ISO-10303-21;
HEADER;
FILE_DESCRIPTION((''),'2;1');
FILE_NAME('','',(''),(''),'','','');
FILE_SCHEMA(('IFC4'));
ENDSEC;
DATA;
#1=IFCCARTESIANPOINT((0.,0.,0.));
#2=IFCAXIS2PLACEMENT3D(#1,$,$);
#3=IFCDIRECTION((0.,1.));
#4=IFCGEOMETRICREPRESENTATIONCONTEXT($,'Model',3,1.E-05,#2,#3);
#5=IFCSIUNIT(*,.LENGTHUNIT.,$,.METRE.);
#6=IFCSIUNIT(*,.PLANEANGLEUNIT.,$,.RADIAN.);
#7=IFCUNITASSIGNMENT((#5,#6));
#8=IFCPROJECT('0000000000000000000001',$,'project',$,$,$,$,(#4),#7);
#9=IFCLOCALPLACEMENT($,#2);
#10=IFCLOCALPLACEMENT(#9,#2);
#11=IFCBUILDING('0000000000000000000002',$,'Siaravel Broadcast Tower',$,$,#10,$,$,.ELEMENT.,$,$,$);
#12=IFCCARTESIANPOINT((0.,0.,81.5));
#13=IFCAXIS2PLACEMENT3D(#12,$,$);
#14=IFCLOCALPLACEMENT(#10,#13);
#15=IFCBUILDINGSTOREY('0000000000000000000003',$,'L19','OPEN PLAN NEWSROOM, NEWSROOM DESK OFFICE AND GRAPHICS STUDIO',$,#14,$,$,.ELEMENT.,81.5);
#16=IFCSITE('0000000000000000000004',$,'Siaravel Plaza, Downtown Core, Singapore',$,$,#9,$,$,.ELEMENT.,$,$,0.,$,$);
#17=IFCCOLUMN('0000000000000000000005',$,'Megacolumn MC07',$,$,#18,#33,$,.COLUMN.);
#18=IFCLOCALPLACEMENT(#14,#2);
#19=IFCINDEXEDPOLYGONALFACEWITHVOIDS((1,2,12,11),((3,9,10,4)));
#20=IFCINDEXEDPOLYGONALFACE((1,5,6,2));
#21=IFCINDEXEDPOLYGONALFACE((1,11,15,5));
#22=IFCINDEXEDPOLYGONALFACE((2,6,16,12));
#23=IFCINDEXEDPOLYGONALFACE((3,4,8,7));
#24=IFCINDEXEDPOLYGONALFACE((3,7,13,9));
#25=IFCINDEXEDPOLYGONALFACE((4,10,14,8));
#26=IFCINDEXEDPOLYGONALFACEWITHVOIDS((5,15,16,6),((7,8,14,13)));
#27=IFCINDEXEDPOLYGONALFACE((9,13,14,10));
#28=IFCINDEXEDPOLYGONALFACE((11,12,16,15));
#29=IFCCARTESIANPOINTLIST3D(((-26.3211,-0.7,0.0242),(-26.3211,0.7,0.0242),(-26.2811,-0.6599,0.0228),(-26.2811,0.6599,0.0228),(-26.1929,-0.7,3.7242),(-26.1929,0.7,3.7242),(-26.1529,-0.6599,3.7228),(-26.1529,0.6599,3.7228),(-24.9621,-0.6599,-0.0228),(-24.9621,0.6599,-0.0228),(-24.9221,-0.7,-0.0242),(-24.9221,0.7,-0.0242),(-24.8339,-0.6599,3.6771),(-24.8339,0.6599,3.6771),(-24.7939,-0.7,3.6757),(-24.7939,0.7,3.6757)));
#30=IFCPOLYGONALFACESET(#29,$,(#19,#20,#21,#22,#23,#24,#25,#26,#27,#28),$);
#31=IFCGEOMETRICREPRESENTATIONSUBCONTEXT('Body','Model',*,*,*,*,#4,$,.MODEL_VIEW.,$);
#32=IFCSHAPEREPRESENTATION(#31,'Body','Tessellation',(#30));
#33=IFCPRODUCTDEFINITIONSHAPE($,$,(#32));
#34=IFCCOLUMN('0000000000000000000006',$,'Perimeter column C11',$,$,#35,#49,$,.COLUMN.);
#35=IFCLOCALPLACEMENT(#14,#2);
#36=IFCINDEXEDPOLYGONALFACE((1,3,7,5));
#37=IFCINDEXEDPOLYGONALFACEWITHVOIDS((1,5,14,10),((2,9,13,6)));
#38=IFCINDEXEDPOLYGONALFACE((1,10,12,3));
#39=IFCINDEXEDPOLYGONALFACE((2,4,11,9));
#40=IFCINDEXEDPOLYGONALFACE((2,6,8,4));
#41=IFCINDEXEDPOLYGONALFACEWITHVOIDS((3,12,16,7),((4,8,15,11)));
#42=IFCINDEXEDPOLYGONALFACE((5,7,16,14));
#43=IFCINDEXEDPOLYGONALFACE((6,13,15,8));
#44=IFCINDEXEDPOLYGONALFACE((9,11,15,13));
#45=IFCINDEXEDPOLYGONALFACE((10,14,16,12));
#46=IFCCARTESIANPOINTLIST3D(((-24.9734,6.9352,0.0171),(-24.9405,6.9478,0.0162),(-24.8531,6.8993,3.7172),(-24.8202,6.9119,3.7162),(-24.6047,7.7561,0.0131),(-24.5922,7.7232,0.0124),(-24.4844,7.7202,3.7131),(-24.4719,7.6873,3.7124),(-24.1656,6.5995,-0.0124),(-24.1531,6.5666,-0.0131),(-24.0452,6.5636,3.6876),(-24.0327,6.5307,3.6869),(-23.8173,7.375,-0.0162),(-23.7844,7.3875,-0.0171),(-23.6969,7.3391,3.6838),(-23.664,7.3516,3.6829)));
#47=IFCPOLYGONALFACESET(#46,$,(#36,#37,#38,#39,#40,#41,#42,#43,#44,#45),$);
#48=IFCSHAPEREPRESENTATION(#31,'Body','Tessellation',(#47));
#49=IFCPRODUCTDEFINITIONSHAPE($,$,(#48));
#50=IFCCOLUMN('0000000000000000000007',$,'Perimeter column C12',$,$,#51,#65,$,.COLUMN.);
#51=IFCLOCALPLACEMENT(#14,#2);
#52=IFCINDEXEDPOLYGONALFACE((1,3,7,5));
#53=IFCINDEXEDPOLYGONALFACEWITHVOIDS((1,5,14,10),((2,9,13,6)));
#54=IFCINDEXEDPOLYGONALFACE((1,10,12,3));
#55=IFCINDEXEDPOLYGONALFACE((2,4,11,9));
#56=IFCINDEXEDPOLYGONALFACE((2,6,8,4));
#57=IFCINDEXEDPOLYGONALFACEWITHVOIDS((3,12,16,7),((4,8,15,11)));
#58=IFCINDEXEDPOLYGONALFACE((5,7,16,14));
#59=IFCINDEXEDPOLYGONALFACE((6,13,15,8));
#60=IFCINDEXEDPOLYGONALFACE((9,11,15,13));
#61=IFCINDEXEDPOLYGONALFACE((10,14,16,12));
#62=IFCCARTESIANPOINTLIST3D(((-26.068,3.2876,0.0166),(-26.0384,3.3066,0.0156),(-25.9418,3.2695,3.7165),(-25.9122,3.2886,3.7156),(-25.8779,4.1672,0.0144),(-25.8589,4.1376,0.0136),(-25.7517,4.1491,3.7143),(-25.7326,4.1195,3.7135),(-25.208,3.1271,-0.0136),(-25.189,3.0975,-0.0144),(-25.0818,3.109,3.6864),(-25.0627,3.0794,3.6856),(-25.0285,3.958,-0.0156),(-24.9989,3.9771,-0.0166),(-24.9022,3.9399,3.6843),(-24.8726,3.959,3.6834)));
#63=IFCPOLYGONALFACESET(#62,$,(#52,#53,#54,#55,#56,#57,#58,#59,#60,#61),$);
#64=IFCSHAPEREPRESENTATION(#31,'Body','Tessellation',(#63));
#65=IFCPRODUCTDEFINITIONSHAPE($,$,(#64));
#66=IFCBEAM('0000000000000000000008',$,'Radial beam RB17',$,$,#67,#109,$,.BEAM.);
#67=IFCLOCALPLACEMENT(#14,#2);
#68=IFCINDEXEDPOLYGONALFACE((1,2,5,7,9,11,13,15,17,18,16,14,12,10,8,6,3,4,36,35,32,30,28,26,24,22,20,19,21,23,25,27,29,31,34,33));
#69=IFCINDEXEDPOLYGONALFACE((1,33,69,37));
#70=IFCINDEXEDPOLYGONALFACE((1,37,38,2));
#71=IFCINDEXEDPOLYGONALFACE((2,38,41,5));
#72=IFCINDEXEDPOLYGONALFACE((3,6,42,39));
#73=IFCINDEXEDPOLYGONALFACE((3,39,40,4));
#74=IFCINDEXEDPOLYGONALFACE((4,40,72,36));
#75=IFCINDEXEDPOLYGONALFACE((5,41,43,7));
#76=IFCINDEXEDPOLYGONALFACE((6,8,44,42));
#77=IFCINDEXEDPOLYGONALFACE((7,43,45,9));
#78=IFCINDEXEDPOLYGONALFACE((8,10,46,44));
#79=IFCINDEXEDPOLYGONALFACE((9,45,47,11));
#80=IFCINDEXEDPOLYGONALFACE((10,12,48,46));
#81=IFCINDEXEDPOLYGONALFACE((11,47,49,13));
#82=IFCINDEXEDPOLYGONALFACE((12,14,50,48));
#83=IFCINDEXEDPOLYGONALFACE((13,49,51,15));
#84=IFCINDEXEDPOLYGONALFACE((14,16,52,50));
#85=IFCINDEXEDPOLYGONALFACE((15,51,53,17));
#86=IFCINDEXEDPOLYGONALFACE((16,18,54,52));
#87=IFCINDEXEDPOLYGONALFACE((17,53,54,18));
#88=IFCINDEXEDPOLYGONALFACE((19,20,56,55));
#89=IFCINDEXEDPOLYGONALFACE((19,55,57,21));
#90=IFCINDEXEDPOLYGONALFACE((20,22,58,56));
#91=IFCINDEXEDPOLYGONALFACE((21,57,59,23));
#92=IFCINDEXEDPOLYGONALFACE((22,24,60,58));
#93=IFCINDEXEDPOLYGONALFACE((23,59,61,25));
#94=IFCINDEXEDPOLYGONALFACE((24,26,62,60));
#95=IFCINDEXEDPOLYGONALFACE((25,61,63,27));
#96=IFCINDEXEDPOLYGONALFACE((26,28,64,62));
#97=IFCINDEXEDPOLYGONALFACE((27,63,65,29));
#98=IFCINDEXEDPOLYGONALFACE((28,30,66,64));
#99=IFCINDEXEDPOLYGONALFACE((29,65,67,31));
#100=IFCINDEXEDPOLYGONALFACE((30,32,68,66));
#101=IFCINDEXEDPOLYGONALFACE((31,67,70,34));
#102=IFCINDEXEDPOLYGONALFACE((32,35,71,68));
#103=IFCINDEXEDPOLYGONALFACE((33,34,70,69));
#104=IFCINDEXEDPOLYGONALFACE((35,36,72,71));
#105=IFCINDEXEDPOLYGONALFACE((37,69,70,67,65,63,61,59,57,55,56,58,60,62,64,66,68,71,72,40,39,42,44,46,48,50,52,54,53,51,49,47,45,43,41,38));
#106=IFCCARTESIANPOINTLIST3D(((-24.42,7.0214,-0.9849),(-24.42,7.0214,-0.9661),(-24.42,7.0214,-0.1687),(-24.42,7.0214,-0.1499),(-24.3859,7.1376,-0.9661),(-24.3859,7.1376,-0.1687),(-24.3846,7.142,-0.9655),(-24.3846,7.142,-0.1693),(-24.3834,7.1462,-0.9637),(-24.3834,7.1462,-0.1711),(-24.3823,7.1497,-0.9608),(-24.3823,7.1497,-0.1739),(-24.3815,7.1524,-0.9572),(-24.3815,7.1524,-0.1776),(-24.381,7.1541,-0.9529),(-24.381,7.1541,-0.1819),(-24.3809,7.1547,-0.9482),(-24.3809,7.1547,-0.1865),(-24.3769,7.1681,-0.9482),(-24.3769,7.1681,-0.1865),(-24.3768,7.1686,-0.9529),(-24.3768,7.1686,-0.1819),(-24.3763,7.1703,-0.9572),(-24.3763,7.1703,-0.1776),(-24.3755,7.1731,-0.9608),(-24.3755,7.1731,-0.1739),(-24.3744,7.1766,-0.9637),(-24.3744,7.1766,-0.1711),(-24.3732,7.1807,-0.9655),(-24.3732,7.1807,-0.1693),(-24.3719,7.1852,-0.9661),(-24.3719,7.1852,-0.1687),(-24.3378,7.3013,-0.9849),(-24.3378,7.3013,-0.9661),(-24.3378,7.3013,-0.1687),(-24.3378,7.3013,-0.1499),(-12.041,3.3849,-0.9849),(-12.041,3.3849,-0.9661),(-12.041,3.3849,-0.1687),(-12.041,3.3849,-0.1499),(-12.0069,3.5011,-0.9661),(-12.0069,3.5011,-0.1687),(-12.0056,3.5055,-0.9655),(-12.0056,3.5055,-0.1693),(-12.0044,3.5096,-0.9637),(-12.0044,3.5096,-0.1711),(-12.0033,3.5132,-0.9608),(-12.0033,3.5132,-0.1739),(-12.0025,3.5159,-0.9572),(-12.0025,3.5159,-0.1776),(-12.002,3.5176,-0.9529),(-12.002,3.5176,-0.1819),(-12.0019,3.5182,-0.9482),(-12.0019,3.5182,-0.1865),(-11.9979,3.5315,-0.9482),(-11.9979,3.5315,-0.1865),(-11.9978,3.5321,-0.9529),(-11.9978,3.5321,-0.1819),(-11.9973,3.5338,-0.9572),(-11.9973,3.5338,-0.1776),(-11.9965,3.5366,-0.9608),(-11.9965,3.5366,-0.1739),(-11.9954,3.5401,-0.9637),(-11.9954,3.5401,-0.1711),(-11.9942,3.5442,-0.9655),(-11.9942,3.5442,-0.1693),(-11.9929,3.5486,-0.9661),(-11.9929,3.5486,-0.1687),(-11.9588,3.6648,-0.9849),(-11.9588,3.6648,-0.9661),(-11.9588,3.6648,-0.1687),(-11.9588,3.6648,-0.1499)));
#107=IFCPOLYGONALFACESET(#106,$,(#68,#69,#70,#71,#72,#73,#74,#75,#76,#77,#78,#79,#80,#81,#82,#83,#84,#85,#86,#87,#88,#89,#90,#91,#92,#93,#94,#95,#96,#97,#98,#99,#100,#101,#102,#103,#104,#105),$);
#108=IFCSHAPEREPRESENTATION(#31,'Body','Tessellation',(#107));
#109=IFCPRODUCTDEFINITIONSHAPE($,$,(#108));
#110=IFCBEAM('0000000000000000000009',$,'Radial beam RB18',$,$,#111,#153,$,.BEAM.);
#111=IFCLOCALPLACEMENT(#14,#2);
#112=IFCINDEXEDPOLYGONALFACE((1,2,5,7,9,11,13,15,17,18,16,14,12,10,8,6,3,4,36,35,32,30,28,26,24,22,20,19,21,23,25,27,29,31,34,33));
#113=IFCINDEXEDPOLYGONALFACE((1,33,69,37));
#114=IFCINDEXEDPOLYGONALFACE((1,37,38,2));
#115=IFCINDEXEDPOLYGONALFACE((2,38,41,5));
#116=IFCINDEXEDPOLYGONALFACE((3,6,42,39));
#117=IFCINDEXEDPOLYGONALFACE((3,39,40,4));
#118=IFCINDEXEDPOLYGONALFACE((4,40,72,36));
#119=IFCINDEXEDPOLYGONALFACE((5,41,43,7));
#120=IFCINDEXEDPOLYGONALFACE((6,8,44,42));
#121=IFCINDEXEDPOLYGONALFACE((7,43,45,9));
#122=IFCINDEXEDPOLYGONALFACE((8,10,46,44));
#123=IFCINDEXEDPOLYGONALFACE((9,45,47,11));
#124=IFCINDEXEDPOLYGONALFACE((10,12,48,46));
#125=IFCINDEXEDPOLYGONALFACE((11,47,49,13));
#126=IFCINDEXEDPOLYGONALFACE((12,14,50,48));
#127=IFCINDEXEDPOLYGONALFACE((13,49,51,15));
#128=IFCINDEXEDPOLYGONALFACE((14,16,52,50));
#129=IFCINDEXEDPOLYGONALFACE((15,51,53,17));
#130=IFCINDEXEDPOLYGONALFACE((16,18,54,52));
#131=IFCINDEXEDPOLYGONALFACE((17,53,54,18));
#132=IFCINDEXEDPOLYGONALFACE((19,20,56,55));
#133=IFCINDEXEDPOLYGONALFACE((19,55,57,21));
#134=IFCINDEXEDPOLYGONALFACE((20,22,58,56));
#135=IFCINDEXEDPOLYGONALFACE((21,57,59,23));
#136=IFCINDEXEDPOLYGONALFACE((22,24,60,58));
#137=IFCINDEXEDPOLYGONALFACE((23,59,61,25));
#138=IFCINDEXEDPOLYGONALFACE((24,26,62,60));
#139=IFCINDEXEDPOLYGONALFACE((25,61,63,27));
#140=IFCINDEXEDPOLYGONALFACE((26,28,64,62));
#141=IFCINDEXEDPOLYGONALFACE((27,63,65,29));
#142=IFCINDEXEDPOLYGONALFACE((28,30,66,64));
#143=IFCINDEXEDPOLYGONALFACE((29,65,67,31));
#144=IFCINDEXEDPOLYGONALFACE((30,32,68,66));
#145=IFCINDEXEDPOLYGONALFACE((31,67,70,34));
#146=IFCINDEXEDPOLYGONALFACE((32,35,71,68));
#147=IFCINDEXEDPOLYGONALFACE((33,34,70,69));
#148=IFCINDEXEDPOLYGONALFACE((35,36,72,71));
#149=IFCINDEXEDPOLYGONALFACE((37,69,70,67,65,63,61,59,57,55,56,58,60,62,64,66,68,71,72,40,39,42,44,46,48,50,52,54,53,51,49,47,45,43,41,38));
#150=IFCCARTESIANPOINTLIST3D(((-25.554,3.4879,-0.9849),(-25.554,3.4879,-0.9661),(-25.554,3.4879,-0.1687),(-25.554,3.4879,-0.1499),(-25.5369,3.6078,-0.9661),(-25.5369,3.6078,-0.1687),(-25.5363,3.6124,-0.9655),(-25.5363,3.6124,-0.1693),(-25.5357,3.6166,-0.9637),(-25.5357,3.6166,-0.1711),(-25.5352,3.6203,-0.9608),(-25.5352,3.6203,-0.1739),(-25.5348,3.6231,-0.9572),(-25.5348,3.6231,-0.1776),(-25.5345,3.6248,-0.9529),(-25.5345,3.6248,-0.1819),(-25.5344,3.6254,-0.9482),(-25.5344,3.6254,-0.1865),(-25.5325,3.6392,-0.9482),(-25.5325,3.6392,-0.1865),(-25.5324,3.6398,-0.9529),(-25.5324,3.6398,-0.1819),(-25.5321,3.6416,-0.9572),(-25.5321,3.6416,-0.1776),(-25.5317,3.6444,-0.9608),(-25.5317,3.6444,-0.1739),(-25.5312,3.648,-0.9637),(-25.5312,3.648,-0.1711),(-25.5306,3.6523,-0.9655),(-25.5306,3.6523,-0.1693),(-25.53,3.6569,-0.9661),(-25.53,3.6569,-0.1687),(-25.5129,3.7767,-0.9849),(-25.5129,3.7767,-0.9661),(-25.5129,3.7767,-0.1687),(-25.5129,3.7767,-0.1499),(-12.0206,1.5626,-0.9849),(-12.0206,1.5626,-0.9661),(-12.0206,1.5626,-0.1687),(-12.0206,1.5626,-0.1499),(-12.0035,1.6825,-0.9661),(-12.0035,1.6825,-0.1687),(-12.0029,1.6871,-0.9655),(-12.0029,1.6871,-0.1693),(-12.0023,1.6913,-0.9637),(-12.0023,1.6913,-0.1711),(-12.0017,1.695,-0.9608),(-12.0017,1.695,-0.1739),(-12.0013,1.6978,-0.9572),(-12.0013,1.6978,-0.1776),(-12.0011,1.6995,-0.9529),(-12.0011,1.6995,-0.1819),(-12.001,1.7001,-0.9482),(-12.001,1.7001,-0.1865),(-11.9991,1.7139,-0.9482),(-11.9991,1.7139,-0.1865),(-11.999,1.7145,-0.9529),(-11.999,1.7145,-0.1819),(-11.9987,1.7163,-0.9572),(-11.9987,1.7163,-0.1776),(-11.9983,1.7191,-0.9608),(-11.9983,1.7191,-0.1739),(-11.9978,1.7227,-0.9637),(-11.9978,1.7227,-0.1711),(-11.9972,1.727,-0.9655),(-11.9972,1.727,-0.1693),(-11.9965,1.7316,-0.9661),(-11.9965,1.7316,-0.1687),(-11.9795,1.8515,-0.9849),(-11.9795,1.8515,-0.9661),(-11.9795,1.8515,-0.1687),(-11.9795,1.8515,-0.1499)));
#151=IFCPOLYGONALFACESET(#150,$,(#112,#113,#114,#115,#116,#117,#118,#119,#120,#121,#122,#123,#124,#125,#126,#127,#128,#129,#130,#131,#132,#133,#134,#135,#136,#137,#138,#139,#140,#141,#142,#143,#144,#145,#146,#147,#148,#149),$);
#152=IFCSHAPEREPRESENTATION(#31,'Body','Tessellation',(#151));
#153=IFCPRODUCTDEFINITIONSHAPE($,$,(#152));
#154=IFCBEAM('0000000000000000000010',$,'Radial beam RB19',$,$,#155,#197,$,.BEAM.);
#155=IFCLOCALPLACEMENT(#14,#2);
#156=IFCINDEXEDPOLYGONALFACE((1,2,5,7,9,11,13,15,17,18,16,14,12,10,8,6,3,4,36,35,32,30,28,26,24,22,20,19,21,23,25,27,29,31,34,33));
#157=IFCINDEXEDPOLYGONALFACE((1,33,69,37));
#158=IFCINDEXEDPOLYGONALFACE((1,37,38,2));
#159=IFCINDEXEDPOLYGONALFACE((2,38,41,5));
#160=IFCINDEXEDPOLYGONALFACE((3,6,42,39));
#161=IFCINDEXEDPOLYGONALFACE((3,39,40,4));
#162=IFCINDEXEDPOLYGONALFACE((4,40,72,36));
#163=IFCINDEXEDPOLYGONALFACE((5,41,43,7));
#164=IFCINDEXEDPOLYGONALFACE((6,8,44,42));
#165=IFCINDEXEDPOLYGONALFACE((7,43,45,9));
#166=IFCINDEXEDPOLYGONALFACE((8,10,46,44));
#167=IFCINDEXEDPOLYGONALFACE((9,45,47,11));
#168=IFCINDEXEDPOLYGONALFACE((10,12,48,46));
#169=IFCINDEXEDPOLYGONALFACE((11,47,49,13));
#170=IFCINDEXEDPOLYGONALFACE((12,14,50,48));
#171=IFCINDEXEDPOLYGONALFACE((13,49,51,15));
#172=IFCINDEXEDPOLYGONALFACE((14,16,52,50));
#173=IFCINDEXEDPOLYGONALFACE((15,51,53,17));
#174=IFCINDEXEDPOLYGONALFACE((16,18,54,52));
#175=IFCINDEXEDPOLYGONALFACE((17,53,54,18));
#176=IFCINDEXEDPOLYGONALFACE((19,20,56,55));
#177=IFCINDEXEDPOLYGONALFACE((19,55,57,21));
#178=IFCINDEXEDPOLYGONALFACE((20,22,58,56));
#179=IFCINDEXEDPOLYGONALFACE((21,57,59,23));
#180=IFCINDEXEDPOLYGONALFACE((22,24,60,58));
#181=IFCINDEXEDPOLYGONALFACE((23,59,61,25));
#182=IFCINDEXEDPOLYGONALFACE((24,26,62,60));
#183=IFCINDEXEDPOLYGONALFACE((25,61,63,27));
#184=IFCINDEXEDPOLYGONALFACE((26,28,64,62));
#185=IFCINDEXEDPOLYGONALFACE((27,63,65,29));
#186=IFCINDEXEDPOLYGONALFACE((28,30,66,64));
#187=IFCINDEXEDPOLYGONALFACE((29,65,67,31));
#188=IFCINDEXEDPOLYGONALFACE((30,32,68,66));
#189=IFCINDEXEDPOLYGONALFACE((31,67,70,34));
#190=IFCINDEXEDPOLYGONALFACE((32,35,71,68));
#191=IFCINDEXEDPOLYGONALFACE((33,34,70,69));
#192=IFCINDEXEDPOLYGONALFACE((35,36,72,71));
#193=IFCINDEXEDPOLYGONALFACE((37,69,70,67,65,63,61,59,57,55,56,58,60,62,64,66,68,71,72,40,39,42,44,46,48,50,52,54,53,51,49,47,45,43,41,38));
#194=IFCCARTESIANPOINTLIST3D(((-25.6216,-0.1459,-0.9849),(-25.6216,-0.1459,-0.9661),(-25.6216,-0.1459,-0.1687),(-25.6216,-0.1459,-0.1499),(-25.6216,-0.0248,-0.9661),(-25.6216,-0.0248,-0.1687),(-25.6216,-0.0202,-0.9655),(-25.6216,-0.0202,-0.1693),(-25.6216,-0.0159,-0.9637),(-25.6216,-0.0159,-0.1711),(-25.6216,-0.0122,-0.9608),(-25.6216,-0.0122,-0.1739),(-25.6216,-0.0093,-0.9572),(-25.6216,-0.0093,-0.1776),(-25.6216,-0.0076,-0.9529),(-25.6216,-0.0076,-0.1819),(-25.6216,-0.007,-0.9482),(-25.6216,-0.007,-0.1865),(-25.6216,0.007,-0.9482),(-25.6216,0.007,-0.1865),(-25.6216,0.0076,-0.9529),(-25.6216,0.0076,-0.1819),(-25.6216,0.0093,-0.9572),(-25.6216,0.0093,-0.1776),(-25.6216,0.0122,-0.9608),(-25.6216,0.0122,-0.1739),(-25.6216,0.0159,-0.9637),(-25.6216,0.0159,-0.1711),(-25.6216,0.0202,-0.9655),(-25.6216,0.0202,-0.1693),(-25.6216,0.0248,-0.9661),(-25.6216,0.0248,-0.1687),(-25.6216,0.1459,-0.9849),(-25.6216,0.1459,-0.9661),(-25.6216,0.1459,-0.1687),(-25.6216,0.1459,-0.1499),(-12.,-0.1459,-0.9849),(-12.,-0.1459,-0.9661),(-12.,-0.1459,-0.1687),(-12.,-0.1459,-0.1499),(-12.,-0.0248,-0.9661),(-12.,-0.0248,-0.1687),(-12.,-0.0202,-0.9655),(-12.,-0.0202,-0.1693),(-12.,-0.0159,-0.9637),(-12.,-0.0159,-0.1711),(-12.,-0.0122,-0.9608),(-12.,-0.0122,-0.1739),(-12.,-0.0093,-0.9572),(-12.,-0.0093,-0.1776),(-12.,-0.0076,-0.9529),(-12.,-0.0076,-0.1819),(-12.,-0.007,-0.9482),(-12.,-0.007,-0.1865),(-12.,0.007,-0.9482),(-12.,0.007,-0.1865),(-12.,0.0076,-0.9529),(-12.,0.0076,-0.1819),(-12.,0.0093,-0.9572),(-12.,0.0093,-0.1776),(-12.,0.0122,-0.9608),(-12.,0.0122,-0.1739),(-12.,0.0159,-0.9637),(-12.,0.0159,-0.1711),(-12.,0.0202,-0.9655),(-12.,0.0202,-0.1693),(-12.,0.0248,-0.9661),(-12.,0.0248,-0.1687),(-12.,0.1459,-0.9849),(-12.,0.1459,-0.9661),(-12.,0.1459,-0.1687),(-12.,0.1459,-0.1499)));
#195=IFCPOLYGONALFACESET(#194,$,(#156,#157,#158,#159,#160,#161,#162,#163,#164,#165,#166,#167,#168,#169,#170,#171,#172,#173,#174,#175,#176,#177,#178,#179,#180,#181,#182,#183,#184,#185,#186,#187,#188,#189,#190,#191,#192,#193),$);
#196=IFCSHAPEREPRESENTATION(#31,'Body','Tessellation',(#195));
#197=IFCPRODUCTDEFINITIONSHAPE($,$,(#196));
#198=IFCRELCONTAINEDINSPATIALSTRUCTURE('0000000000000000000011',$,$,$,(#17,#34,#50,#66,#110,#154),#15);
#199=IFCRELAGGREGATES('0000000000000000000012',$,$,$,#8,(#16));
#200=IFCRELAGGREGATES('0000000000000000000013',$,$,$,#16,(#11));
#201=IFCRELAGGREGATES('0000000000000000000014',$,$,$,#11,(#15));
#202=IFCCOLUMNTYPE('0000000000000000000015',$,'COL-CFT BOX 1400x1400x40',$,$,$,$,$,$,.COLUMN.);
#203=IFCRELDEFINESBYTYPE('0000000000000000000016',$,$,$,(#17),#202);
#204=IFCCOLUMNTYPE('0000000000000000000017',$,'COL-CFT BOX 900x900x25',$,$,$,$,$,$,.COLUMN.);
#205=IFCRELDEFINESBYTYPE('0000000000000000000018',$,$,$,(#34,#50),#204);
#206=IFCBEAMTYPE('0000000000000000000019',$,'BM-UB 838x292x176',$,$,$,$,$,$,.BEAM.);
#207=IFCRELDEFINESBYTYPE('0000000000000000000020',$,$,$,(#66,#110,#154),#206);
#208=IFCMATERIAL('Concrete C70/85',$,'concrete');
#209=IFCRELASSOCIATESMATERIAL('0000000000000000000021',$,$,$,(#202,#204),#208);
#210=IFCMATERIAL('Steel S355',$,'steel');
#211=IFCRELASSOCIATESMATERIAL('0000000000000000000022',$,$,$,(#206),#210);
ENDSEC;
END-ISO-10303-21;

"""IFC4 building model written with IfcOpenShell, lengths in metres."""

from ifc_helpers import new_model, si_unit, direction, frame, origin, origin_2d, place, context, subcontext, project, spatial, hollow_rectangle, i_section, extrude, material, material_profile, profile_set, type_object, element, save


model = new_model("IFC4")

# Units and contexts
model_context = context("Model", 3, precision=1e-05, world=origin(), true_north=direction((0.0, 1.0)))
body_context = subcontext(model_context, "Body", "Model", "MODEL_VIEW")
ifc_project = project(units=[si_unit("LENGTHUNIT", "METRE"), si_unit("PLANEANGLEUNIT", "RADIAN")], contexts=[model_context])

# Site, building, storey
site_placement = place(None, origin())
site = spatial("IfcSite", under=ifc_project, at=site_placement, Name="Siaravel Plaza, Downtown Core, Singapore", CompositionType="ELEMENT", RefElevation=0.0)
building_placement = place(site_placement, origin())
building = spatial("IfcBuilding", under=site, at=building_placement, Name="Siaravel Broadcast Tower", CompositionType="ELEMENT")
storey_placement = place(building_placement, frame((0.0, 0.0, 81.5)))
storey = spatial("IfcBuildingStorey", under=building, at=storey_placement, Name="L19", Description="OPEN PLAN NEWSROOM, NEWSROOM DESK OFFICE AND GRAPHICS STUDIO", CompositionType="ELEMENT", Elevation=81.5)

# Columns
ifc_material_1 = material(Name="Concrete C70/85", Category="concrete")
ifc_material_profile_1 = material_profile(ifc_material_1, hollow_rectangle(XDim=1.3999, YDim=1.3999, WallThickness=0.04, at=origin_2d()))
ifc_profile_set_1 = profile_set([ifc_material_profile_1], Name="Concrete C70/85")
column_type_1 = type_object("IfcColumnType", Name="COL-CFT BOX 1400x1400x40", PredefinedType="COLUMN", material=ifc_profile_set_1)
column_placement = place(storey_placement, frame((-25.6216, 0.0, 0.0), z_axis=(0.034621, 0.0, 0.999401), x_axis=(0.0, 1.0, 0.0)))
element("IfcColumn", 1, at=column_placement, inside=storey, type_object=column_type_1, Name="Megacolumn MC07", PredefinedType="COLUMN", context=body_context, shape_type="SweptSolid", body=[
    extrude(hollow_rectangle(XDim=1.3999, YDim=1.3999, WallThickness=0.04, at=origin_2d()), origin(), (0.0, 0.0, 1.0), 3.7021),
])
ifc_material_profile_2 = material_profile(ifc_material_1, hollow_rectangle(XDim=0.8999, YDim=0.8999, WallThickness=0.0249, at=origin_2d()))
ifc_profile_set_2 = profile_set([ifc_material_profile_2], Name="Concrete C70/85")
column_type_2 = type_object("IfcColumnType", Name="COL-CFT BOX 900x900x25", PredefinedType="COLUMN", material=ifc_profile_set_2)
for number, where, z_axis, x_axis, name in (
    (2, (-24.3789, 7.1614, 0.0), (0.032512, -0.009694, 0.999424), (0.409711, 0.912205, -0.00448), "Perimeter column C11"),
    (3, (-25.5334, 3.6323, 0.0), (0.034094, -0.00488, 0.999407), (0.211243, 0.977431, -0.002434), "Perimeter column C12"),
):
    element("IfcColumn", number, at=place(storey_placement, frame(where, z_axis=z_axis, x_axis=x_axis)), inside=storey, type_object=column_type_2, Name=name, PredefinedType="COLUMN", context=body_context, shape_type="SweptSolid", body=[
        extrude(hollow_rectangle(XDim=0.8999, YDim=0.8999, WallThickness=0.0249, at=origin_2d()), origin(), (0.0, 0.0, 1.0), 3.7021),
    ])

# Beams
ifc_material_2 = material(Name="Steel S355", Category="steel")
ifc_material_profile_3 = material_profile(ifc_material_2, i_section(OverallWidth=0.2917, OverallDepth=0.835, WebThickness=0.0139, FlangeThickness=0.0188, FilletRadius=0.0178, at=origin_2d()))
ifc_profile_set_3 = profile_set([ifc_material_profile_3], Name="Steel S355")
beam_type = type_object("IfcBeamType", Name="BM-UB 838x292x176", PredefinedType="BEAM", material=ifc_profile_set_3)
beam_1_placement = place(storey_placement, frame((-24.3789, 7.1614, -0.5674), z_axis=(0.959457, -0.281854, 0.0), x_axis=(0.281854, 0.959457, 0.0)))
element("IfcBeam", 4, at=beam_1_placement, inside=storey, type_object=beam_type, Name="Radial beam RB17", PredefinedType="BEAM", context=body_context, shape_type="SweptSolid", body=[
    extrude(i_section(OverallWidth=0.2917, OverallDepth=0.835, WebThickness=0.0139, FlangeThickness=0.0188, FilletRadius=0.0178, at=origin_2d()), origin(), (0.0, 0.0, 1.0), 12.9021),
])
beam_2_placement = place(storey_placement, frame((-25.5334, 3.6323, -0.5674), z_axis=(0.990032, -0.140844, 0.0), x_axis=(0.140844, 0.990032, 0.0)))
element("IfcBeam", 5, at=beam_2_placement, inside=storey, type_object=beam_type, Name="Radial beam RB18", PredefinedType="BEAM", context=body_context, shape_type="SweptSolid", body=[
    extrude(i_section(OverallWidth=0.2917, OverallDepth=0.835, WebThickness=0.0139, FlangeThickness=0.0188, FilletRadius=0.0178, at=origin_2d()), origin(), (0.0, 0.0, 1.0), 13.6697),
])
beam_3_placement = place(storey_placement, frame((-25.6216, 0.0, -0.5674), z_axis=(1.0, 0.0, 0.0), x_axis=(0.0, 1.0, 0.0)))
element("IfcBeam", 6, at=beam_3_placement, inside=storey, type_object=beam_type, Name="Radial beam RB19", PredefinedType="BEAM", context=body_context, shape_type="SweptSolid", body=[
    extrude(i_section(OverallWidth=0.2917, OverallDepth=0.835, WebThickness=0.0139, FlangeThickness=0.0188, FilletRadius=0.0178, at=origin_2d()), origin(), (0.0, 0.0, 1.0), 13.6216),
])

save(model, "model.ifc")
